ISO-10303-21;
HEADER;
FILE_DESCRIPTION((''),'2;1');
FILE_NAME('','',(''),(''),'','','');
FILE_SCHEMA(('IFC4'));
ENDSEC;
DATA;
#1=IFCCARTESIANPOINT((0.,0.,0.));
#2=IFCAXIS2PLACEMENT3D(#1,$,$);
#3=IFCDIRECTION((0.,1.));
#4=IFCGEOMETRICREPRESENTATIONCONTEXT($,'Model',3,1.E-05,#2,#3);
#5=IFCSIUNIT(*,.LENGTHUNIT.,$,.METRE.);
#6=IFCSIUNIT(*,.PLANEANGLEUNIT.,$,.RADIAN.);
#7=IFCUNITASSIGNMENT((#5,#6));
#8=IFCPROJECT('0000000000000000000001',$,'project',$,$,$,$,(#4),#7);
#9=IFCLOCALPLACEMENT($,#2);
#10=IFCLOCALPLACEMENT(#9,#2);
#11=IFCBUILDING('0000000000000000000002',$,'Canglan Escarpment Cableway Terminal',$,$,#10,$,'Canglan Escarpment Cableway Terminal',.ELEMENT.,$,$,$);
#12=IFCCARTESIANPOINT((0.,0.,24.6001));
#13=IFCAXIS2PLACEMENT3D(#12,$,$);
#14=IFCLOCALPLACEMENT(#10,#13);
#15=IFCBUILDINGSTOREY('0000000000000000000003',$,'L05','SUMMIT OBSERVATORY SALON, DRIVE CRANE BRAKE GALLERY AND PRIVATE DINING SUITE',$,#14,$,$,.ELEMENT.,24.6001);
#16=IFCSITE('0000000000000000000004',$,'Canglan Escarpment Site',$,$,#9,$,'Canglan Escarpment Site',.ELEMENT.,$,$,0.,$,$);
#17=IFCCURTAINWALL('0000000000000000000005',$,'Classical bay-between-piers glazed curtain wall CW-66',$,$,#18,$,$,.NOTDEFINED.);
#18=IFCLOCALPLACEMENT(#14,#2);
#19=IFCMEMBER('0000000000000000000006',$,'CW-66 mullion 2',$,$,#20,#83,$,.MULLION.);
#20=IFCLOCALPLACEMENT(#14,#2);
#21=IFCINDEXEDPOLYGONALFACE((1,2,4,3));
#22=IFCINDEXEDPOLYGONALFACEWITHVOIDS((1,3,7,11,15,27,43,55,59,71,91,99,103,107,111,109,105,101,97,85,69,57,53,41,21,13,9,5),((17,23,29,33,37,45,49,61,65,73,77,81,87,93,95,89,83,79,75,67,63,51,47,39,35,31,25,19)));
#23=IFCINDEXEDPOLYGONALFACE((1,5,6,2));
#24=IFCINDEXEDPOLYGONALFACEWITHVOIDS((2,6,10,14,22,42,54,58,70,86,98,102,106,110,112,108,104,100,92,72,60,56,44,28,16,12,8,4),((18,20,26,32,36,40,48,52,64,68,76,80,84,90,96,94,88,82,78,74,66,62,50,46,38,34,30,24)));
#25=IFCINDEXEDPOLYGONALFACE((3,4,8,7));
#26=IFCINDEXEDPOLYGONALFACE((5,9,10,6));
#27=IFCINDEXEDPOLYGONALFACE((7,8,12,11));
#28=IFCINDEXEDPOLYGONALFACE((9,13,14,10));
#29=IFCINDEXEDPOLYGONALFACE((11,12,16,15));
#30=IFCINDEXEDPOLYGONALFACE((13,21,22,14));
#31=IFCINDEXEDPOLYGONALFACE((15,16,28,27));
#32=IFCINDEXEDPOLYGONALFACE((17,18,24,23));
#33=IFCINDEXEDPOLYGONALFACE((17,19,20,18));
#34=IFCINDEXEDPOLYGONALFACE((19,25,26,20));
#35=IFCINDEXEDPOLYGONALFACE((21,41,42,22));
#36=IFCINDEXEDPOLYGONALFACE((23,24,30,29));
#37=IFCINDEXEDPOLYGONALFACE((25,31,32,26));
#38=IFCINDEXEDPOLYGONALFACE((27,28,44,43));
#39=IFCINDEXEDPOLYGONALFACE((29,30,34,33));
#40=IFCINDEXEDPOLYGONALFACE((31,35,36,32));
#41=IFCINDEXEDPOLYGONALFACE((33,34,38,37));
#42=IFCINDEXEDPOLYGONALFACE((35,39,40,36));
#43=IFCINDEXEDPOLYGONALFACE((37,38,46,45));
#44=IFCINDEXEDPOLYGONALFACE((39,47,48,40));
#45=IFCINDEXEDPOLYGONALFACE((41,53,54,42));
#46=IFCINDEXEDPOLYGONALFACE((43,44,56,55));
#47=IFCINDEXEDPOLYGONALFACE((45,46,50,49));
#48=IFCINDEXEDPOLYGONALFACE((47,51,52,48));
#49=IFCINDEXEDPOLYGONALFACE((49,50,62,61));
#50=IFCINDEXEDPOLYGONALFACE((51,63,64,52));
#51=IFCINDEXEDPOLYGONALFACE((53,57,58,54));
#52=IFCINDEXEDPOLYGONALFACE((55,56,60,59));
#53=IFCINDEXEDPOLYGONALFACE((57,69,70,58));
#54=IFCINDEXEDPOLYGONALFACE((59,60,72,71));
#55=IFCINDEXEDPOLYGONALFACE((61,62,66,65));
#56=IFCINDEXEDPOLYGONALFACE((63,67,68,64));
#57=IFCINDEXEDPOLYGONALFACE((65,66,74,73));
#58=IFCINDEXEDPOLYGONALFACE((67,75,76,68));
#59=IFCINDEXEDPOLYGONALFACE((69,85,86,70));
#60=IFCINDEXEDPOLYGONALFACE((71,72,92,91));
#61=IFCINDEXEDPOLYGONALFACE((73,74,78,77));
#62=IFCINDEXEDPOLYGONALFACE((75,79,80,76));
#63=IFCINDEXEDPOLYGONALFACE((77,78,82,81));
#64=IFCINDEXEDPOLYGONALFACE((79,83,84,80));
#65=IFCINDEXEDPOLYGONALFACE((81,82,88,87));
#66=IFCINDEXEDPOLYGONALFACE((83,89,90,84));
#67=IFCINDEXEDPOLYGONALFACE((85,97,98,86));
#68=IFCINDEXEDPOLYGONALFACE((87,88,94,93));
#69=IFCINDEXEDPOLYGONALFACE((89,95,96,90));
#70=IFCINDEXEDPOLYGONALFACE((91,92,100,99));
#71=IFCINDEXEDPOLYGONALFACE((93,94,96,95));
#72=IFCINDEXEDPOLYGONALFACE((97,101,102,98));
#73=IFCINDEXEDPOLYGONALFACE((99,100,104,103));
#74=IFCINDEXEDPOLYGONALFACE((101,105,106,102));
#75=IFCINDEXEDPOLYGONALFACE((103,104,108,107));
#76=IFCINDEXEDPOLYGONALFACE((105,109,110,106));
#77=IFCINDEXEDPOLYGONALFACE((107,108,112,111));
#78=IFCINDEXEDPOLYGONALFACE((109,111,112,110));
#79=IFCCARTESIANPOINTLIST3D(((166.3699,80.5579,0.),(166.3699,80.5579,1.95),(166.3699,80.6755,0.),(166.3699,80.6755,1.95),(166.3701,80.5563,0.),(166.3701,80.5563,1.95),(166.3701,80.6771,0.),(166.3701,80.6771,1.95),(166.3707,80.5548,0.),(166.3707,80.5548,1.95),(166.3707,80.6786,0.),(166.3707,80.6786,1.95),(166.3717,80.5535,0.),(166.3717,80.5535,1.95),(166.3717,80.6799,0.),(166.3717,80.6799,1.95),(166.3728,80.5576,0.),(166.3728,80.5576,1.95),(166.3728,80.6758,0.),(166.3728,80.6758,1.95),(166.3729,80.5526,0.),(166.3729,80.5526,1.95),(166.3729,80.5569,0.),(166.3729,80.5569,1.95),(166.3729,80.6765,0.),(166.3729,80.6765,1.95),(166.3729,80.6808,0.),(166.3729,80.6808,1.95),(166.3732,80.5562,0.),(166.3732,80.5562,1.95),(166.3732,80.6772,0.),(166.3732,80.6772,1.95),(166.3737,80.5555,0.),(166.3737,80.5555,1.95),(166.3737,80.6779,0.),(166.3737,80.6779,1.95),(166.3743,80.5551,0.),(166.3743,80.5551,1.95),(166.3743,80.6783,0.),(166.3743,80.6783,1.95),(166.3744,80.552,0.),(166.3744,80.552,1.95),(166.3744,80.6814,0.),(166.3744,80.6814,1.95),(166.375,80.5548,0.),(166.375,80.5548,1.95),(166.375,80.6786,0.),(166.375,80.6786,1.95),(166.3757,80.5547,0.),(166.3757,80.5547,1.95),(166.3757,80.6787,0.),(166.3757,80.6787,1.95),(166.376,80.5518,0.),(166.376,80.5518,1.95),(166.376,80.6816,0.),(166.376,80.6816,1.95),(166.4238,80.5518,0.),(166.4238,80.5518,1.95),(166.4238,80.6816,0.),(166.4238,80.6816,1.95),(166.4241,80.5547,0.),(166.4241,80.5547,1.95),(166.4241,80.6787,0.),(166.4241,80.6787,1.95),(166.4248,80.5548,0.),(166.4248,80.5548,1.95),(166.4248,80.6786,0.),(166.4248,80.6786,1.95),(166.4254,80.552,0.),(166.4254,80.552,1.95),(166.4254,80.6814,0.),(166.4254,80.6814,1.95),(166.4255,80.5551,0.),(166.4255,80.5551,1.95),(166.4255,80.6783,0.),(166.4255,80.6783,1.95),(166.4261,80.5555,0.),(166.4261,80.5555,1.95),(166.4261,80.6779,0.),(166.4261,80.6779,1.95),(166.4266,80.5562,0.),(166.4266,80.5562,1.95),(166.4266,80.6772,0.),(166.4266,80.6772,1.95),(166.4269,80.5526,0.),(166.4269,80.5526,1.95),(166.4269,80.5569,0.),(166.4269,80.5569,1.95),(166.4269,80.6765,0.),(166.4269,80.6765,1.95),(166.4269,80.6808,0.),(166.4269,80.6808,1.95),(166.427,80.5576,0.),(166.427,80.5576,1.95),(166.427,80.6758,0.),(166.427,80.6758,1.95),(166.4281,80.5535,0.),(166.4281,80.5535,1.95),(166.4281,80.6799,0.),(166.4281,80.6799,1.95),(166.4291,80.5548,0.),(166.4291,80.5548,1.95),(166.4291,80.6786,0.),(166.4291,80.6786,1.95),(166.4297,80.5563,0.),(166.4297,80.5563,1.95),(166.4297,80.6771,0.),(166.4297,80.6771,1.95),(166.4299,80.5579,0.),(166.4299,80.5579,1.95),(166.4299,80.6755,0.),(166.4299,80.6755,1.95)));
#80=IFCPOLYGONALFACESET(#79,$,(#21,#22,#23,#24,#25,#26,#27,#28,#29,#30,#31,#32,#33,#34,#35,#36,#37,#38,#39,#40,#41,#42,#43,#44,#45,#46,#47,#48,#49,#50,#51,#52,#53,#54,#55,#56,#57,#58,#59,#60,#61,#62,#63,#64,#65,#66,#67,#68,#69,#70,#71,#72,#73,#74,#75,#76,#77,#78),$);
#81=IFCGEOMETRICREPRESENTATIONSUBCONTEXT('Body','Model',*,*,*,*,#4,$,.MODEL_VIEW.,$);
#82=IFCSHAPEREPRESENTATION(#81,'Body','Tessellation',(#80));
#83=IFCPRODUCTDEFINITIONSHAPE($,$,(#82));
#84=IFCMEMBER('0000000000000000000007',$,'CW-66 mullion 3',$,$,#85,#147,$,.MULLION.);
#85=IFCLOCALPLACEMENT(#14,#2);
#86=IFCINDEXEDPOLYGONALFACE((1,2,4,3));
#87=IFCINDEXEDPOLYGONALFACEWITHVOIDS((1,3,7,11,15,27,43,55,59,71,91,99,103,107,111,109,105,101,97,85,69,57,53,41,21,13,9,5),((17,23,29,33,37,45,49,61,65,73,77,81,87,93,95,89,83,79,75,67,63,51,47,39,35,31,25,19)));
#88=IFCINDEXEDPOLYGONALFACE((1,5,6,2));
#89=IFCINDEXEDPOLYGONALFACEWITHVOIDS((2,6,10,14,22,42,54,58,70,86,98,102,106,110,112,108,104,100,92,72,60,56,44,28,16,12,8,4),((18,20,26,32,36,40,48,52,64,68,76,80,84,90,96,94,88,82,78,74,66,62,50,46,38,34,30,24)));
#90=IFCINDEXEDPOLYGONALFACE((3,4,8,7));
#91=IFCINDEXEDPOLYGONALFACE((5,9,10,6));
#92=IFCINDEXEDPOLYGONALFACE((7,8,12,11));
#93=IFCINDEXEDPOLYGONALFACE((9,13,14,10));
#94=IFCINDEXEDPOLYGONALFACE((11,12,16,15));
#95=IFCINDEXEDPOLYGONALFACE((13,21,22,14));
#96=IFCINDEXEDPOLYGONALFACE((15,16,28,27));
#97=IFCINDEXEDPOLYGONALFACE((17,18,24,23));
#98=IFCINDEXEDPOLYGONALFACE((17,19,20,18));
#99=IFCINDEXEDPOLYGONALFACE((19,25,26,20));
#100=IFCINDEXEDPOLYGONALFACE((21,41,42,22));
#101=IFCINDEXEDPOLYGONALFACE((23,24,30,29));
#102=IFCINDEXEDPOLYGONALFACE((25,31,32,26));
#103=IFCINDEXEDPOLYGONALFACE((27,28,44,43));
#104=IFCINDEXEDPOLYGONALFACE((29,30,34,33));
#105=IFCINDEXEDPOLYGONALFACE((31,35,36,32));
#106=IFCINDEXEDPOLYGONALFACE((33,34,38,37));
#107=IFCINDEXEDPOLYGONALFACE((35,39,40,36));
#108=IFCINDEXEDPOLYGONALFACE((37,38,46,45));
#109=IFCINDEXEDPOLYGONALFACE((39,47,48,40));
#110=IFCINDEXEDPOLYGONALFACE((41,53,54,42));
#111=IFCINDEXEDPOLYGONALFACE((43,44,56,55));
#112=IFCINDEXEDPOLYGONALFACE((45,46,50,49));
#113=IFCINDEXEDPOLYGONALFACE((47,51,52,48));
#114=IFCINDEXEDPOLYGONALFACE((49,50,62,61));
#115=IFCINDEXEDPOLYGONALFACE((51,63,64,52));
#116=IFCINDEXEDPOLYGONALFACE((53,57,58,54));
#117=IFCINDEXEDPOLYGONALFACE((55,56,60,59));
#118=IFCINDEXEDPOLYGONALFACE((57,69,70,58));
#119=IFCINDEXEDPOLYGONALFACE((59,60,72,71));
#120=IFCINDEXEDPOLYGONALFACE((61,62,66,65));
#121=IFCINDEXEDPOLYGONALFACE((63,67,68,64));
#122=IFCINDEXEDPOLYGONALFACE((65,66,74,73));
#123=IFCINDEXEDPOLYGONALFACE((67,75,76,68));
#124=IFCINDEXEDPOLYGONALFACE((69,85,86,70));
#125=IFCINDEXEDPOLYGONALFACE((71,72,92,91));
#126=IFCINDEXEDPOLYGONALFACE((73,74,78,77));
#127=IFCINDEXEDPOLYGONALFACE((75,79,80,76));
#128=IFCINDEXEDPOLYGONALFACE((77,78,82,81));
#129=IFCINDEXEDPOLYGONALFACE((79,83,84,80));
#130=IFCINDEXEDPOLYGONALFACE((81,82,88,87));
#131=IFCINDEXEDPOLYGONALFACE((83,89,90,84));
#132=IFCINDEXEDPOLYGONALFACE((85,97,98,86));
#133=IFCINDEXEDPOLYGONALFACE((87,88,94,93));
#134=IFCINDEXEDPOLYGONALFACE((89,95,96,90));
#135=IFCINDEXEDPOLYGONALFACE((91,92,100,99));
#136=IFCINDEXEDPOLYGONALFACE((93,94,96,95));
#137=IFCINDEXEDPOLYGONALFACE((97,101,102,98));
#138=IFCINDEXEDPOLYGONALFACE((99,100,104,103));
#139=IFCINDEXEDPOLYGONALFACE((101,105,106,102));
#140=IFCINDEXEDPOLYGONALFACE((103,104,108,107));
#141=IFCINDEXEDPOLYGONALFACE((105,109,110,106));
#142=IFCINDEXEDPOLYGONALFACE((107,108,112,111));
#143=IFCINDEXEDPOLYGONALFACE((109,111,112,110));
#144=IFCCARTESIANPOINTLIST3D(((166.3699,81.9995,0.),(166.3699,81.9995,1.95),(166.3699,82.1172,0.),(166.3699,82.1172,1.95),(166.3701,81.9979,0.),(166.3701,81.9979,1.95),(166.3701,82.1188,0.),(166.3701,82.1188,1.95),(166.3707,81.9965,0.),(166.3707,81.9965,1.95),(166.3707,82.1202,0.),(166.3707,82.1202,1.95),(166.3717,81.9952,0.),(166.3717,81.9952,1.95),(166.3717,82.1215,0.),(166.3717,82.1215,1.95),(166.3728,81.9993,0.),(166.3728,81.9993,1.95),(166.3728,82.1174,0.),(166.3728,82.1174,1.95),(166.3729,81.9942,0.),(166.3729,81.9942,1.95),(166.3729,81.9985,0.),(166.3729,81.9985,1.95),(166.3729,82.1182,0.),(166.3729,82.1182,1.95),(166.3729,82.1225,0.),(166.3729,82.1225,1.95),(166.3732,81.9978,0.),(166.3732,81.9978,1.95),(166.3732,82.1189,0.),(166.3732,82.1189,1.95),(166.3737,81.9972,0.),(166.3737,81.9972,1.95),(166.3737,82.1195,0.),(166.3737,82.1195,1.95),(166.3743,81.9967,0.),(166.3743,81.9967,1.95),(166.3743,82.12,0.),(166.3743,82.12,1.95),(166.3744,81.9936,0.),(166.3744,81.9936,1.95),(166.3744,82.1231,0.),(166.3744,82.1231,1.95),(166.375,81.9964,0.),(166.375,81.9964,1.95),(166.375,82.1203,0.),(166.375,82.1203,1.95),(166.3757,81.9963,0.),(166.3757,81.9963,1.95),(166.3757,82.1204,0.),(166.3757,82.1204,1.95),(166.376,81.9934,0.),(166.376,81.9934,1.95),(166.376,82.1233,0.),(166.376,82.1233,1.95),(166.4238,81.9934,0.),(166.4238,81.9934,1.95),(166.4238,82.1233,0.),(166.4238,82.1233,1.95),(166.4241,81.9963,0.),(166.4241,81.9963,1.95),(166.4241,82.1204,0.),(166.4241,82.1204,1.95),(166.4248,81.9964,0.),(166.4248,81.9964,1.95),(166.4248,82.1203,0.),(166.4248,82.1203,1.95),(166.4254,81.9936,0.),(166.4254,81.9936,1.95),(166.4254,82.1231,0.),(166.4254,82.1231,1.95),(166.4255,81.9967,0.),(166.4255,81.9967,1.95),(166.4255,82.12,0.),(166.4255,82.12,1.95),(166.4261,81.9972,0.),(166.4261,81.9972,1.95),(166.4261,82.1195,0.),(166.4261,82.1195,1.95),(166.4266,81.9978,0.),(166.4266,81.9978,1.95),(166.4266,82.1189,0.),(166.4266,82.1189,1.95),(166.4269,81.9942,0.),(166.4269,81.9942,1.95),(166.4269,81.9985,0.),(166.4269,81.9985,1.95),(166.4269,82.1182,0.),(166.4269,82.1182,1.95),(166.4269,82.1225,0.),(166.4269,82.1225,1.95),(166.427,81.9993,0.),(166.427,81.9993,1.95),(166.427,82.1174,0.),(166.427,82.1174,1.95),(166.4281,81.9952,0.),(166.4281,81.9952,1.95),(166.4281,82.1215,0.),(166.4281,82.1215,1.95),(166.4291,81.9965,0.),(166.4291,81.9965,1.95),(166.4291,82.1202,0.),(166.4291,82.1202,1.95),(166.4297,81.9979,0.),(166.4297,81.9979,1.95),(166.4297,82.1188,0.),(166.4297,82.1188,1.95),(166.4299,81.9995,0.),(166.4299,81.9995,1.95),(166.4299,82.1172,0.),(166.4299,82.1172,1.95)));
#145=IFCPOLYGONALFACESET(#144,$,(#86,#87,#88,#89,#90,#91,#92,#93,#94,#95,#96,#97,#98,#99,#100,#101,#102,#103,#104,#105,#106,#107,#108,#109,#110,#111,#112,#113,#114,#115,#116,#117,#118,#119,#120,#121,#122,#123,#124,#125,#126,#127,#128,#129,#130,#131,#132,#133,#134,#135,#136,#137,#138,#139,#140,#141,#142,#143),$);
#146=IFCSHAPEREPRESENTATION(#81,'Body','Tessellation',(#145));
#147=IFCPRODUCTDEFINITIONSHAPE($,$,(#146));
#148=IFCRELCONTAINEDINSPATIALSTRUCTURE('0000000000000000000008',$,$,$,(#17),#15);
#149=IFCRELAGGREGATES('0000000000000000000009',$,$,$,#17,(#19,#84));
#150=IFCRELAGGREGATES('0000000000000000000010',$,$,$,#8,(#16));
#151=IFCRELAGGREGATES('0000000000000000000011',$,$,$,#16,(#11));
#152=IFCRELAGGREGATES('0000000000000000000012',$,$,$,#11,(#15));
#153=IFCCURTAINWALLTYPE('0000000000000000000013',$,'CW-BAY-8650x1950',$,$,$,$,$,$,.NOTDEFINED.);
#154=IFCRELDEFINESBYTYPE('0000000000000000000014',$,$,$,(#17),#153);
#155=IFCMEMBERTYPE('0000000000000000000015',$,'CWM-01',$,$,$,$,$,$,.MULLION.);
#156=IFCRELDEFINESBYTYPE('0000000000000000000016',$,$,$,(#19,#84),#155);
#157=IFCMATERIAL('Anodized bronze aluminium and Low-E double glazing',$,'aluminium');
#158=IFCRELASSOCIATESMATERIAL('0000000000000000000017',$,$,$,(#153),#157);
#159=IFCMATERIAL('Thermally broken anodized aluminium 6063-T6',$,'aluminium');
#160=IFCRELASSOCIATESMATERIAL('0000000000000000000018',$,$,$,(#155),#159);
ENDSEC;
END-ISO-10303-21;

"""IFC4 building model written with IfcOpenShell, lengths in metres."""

from ifc_helpers import new_model, si_unit, direction, frame, origin, origin_2d, place, context, subcontext, project, spatial, hollow_rectangle, extrude, material, material_profile, profile_set, type_object, element, aggregate, save


model = new_model("IFC4")

# Units and contexts
model_context = context("Model", 3, precision=1e-05, world=origin(), true_north=direction((0.0, 1.0)))
body_context = subcontext(model_context, "Body", "Model", "MODEL_VIEW")
ifc_project = project(units=[si_unit("LENGTHUNIT", "METRE"), si_unit("PLANEANGLEUNIT", "RADIAN")], contexts=[model_context])

# Site, building, storey
site_placement = place(None, origin())
site = spatial("IfcSite", under=ifc_project, at=site_placement, Name="Canglan Escarpment Site", LongName="Canglan Escarpment Site", CompositionType="ELEMENT", RefElevation=0.0)
building_placement = place(site_placement, origin())
building = spatial("IfcBuilding", under=site, at=building_placement, Name="Canglan Escarpment Cableway Terminal", LongName="Canglan Escarpment Cableway Terminal", CompositionType="ELEMENT")
storey_placement = place(building_placement, frame((0.0, 0.0, 24.6001)))
storey = spatial("IfcBuildingStorey", under=building, at=storey_placement, Name="L05", Description="SUMMIT OBSERVATORY SALON, DRIVE CRANE BRAKE GALLERY AND PRIVATE DINING SUITE", CompositionType="ELEMENT", Elevation=24.6001)

# Curtain wall, members
ifc_material_1 = material(Name="Anodized bronze aluminium and Low-E double glazing", Category="aluminium")
curtain_wall_type = type_object("IfcCurtainWallType", Name="CW-BAY-8650x1950", PredefinedType="NOTDEFINED", material=ifc_material_1)
curtain_wall_1_placement = place(storey_placement, origin())
curtain_wall_1 = element("IfcCurtainWall", 1, at=curtain_wall_1_placement, inside=storey, type_object=curtain_wall_type, Name="Classical bay-between-piers glazed curtain wall CW-66", PredefinedType="NOTDEFINED")
ifc_material_2 = material(Name="Thermally broken anodized aluminium 6063-T6", Category="aluminium")
ifc_material_profile_1 = material_profile(ifc_material_2, hollow_rectangle(XDim=0.0601, YDim=0.1299, WallThickness=0.0029, InnerFilletRadius=0.0029, OuterFilletRadius=0.0061, at=origin_2d()), Name="ALU-MULL 60x130x3")
ifc_profile_set_1 = profile_set([ifc_material_profile_1], Name="Thermally broken anodized aluminium 6063-T6")
member_type_1 = type_object("IfcMemberType", Name="CWM-01", PredefinedType="MULLION", material=ifc_profile_set_1)
member_1_placement = place(storey_placement, frame((166.3999, 80.6167, 0.0), z_axis=(0.0, 0.0, 1.0), x_axis=(-1.0, 0.0, 0.0)))
member_1 = element("IfcMember", 2, at=member_1_placement, type_object=member_type_1, Name="CW-66 mullion 2", PredefinedType="MULLION", context=body_context, shape_type="SweptSolid", body=[
    extrude(hollow_rectangle(XDim=0.0601, YDim=0.1299, WallThickness=0.0029, InnerFilletRadius=0.0029, OuterFilletRadius=0.0061, at=origin_2d()), origin(), (0.0, 0.0, 1.0), 1.95),
])
member_2_placement = place(storey_placement, frame((166.3999, 82.0583, 0.0), z_axis=(0.0, 0.0, 1.0), x_axis=(-1.0, 0.0, 0.0)))
member_2 = element("IfcMember", 3, at=member_2_placement, type_object=member_type_1, Name="CW-66 mullion 3", PredefinedType="MULLION", context=body_context, shape_type="SweptSolid", body=[
    extrude(hollow_rectangle(XDim=0.0601, YDim=0.1299, WallThickness=0.0029, InnerFilletRadius=0.0029, OuterFilletRadius=0.0061, at=origin_2d()), origin(), (0.0, 0.0, 1.0), 1.95),
])

aggregate(curtain_wall_1, [member_1, member_2])

save(model, "model.ifc")
